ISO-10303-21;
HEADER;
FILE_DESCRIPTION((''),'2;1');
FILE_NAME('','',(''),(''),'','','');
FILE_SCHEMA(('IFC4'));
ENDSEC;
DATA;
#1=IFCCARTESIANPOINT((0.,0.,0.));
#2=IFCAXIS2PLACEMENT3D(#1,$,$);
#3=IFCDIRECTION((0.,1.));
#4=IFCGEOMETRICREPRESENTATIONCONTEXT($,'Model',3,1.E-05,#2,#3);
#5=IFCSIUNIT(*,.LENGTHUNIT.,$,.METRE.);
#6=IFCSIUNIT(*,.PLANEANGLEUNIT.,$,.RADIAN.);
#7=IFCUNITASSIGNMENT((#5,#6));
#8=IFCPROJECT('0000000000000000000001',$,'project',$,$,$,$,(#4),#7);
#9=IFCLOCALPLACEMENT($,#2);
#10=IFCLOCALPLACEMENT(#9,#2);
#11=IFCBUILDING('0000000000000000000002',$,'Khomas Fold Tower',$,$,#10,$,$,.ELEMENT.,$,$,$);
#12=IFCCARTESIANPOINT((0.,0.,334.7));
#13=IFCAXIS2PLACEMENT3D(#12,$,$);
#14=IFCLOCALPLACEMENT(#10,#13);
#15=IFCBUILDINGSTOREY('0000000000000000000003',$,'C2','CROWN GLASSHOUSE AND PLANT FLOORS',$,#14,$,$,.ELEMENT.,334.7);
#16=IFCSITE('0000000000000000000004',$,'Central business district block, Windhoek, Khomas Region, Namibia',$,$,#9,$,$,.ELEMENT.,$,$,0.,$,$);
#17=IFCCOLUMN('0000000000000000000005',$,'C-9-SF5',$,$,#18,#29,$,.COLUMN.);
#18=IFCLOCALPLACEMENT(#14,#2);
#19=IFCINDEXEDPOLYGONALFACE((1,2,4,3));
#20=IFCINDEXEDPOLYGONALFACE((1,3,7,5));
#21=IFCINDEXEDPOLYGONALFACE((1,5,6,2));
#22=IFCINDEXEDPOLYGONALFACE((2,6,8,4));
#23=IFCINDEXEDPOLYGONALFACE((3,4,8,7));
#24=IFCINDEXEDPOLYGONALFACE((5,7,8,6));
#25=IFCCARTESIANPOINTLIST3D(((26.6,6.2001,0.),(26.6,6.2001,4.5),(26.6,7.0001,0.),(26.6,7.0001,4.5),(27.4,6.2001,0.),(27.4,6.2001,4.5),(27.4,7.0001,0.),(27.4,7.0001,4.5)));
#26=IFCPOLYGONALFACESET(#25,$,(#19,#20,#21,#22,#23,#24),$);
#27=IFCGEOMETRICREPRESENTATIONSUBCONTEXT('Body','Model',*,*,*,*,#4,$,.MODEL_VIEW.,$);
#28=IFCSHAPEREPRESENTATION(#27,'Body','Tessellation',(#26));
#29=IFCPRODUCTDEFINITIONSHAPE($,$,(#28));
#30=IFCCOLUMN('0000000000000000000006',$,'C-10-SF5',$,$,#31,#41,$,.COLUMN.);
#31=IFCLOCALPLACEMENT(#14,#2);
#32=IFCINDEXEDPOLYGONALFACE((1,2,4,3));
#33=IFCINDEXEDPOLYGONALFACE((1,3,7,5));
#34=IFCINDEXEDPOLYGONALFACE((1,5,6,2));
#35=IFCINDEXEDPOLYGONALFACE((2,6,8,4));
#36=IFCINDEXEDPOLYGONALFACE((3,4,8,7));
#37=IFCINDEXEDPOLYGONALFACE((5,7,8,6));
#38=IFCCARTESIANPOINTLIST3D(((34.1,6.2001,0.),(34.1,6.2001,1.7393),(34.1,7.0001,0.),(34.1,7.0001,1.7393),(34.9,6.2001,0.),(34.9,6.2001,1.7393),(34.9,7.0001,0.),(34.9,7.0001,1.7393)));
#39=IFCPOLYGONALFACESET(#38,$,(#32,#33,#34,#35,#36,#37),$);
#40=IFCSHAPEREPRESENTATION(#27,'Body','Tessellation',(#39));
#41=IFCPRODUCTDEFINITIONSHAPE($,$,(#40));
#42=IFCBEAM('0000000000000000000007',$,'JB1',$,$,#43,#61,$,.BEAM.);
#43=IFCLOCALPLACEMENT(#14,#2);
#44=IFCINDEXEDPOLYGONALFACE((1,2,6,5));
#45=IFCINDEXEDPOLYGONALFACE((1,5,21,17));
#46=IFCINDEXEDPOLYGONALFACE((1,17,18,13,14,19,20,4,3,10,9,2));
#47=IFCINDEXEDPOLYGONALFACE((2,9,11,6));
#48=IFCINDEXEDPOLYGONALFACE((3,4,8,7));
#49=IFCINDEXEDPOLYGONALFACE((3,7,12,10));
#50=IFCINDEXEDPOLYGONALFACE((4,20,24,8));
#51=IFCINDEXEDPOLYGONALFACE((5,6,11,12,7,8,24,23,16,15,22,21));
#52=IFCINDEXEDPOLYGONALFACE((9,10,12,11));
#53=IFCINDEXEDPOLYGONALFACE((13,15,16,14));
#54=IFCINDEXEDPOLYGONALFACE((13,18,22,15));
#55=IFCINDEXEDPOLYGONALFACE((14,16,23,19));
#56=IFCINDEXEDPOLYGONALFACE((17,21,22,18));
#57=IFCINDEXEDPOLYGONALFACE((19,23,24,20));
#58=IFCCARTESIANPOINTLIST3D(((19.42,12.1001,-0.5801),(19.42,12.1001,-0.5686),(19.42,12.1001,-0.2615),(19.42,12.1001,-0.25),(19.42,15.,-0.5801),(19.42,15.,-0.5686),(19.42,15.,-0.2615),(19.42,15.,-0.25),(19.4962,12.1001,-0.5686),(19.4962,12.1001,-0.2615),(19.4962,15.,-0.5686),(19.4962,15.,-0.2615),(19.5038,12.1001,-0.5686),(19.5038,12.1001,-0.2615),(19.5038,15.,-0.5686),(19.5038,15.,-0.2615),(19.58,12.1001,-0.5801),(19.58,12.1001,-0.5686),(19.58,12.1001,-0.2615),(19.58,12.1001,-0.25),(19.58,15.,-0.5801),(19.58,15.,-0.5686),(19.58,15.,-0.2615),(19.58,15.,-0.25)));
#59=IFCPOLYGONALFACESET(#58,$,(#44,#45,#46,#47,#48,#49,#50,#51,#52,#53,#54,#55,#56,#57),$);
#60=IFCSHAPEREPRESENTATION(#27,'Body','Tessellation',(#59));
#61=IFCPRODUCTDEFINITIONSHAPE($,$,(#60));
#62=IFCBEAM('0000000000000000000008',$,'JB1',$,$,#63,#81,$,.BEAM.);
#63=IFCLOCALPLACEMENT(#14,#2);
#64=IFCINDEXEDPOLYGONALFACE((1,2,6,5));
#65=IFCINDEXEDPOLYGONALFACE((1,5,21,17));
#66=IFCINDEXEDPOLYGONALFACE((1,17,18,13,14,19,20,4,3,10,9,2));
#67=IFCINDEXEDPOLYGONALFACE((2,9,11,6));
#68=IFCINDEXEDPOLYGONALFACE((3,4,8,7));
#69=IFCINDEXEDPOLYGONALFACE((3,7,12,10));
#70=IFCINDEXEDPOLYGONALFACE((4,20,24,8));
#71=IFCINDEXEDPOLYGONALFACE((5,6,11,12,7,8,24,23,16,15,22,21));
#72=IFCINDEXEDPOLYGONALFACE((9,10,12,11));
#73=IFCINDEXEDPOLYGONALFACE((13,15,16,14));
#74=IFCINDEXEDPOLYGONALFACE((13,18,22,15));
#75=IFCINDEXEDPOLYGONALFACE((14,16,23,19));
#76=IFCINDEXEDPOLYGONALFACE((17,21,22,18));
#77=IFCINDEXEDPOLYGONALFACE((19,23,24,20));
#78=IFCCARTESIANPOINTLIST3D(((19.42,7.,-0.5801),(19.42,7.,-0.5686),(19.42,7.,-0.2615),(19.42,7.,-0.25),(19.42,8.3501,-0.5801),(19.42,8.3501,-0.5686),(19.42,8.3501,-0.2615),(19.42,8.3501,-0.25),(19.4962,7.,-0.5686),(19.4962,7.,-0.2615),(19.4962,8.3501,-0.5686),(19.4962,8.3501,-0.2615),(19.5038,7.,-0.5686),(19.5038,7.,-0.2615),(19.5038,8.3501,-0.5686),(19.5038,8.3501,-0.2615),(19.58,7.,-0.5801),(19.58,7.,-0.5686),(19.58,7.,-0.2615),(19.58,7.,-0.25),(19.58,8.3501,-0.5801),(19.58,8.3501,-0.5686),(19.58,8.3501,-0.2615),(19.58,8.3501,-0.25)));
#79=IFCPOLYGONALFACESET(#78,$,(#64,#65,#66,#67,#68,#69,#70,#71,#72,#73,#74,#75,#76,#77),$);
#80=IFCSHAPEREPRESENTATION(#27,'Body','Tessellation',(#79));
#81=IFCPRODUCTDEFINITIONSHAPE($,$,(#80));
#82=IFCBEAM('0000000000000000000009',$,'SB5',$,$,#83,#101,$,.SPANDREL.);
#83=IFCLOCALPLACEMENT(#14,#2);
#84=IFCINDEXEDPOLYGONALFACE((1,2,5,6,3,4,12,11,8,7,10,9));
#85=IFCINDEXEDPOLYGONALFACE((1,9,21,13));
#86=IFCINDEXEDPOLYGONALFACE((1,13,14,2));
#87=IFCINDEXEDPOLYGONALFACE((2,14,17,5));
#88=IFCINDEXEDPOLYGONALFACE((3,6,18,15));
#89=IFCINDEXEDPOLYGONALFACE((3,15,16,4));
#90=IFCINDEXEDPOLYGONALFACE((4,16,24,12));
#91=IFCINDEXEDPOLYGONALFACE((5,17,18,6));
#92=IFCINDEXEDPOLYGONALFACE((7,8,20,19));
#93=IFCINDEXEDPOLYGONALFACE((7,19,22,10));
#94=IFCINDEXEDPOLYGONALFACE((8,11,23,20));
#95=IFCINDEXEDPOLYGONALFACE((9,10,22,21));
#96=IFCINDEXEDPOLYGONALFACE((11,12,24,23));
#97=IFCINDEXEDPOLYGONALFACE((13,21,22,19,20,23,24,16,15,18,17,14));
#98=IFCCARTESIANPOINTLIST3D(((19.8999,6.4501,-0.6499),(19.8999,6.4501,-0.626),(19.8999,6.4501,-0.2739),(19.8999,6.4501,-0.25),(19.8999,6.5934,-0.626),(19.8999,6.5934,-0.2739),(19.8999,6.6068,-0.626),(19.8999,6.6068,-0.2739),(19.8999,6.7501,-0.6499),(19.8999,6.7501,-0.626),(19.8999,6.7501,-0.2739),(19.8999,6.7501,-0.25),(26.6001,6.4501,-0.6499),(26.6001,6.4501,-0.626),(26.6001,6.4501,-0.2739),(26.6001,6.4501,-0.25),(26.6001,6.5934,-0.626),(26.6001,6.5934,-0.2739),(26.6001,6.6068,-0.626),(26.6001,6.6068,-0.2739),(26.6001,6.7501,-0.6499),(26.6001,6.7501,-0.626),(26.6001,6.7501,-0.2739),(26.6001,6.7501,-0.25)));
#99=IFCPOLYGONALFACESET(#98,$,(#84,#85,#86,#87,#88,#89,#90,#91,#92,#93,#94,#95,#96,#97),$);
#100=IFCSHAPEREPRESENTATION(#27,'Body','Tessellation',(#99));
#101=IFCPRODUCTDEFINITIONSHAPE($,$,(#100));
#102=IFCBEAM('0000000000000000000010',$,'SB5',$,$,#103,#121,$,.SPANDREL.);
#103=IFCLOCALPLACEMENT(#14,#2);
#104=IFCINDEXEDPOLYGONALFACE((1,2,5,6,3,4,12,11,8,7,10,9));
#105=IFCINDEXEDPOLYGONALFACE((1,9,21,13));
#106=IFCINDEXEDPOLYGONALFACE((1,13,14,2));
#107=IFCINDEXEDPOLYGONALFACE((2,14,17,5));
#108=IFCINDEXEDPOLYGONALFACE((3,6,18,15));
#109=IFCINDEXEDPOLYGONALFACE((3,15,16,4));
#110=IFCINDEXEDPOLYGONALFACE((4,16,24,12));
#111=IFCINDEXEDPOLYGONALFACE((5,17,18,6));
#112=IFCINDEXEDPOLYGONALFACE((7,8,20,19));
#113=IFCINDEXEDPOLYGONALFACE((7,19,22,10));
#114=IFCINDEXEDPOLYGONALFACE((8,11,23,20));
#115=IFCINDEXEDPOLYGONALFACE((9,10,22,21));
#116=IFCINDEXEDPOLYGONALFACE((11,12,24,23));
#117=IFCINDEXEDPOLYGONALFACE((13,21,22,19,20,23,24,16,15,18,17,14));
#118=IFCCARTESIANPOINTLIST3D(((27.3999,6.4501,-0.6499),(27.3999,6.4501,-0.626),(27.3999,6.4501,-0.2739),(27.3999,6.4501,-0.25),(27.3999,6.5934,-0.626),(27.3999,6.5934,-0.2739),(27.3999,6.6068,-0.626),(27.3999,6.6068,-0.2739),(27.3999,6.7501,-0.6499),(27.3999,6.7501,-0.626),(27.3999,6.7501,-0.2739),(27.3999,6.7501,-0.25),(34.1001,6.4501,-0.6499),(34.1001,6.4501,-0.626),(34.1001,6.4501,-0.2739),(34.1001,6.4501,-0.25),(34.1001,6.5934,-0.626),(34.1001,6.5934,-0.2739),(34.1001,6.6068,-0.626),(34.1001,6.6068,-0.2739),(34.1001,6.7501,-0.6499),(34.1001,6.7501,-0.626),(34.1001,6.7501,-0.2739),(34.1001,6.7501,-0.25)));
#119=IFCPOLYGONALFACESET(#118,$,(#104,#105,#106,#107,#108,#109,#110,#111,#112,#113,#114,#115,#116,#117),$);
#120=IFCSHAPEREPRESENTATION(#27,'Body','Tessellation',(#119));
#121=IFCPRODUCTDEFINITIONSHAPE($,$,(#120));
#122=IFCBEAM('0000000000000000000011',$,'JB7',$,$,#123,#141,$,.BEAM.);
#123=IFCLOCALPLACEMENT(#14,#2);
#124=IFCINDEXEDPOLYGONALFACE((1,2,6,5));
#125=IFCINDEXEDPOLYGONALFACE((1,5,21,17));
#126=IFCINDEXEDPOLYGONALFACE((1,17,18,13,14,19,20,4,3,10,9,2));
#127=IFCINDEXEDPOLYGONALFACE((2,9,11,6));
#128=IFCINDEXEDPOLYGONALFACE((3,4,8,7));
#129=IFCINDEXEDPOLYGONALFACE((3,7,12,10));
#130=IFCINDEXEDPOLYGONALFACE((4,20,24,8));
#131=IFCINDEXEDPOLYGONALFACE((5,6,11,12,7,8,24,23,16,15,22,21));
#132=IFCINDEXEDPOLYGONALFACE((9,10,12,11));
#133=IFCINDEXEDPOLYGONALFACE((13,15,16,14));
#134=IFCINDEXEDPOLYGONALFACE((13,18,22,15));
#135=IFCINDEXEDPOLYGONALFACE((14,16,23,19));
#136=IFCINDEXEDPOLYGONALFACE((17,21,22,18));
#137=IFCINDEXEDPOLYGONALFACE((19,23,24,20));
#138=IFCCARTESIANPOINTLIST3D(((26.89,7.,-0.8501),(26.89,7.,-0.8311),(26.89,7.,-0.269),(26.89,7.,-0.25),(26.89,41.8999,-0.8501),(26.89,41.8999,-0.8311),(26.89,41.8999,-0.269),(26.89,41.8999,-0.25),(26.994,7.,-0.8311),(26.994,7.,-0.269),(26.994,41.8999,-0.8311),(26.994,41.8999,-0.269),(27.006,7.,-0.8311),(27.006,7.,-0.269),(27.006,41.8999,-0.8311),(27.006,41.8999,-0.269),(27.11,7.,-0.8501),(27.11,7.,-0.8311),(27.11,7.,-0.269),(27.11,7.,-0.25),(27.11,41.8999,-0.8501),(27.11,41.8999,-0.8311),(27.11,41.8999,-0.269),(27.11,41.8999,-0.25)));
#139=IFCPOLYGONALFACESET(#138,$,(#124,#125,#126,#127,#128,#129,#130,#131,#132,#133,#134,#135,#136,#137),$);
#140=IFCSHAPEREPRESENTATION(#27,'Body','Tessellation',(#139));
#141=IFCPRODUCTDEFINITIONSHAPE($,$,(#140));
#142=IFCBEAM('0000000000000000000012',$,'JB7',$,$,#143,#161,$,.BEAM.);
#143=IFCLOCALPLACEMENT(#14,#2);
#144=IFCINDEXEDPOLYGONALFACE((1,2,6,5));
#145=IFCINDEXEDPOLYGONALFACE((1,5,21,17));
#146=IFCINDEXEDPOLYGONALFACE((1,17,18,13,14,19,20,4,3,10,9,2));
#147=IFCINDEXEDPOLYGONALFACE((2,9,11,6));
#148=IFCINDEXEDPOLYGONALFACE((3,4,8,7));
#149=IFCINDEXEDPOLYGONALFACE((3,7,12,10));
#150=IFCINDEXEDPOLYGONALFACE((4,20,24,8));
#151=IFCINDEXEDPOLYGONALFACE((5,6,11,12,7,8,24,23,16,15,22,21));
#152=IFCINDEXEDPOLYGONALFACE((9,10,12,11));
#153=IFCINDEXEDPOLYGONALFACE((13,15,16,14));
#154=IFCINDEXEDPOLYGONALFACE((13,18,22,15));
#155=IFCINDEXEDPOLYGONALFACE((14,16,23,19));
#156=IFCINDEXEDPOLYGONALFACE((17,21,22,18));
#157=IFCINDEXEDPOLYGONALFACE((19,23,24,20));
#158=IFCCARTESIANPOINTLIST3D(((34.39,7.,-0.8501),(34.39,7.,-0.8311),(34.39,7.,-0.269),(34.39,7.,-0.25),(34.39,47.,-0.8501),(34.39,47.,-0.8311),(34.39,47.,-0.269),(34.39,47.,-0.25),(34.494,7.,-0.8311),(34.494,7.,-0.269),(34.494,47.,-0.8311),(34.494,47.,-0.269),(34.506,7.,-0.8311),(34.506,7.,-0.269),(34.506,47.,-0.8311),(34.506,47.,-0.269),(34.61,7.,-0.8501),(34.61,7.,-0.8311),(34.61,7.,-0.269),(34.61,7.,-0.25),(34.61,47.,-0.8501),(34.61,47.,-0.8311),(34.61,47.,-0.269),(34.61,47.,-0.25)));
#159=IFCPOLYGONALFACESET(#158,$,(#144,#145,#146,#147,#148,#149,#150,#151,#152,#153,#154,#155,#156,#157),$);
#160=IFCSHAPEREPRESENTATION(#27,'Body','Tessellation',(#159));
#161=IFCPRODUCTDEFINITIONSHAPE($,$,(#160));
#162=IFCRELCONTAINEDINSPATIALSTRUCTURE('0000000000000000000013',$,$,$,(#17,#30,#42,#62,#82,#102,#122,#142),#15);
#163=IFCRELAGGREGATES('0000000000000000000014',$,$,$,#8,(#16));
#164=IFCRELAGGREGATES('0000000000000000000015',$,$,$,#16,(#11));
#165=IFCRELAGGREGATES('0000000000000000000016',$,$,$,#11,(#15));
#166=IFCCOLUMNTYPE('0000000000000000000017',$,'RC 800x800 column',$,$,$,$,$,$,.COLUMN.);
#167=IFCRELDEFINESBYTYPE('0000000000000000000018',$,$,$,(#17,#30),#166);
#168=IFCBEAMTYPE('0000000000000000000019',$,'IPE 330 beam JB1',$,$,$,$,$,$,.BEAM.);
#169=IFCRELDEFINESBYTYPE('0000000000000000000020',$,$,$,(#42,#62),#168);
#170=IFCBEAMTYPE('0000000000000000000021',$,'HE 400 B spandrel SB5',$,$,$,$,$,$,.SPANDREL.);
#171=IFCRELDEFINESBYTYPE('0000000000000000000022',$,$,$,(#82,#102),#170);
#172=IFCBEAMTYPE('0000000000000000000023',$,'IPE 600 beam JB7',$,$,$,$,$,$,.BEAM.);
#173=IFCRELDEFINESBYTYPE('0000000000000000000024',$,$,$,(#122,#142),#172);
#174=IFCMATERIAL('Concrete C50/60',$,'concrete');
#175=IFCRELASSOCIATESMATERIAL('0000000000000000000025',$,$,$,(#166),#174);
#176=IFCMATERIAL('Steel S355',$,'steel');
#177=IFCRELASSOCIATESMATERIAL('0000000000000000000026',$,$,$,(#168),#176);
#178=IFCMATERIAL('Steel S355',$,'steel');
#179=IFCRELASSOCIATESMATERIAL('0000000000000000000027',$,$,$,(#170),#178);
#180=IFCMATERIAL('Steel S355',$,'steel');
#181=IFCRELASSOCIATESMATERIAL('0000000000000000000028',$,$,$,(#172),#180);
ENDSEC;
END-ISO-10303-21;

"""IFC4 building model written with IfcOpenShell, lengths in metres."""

from ifc_helpers import new_model, si_unit, direction, frame, origin, origin_2d, place, context, subcontext, project, spatial, rectangle, i_section, extrude, source, transform, mapped, material, material_profile, profile_set, type_object, element, save


model = new_model("IFC4")

# Units and contexts
model_context = context("Model", 3, precision=1e-05, world=origin(), true_north=direction((0.0, 1.0)))
body_context = subcontext(model_context, "Body", "Model", "MODEL_VIEW")
ifc_project = project(units=[si_unit("LENGTHUNIT", "METRE"), si_unit("PLANEANGLEUNIT", "RADIAN")], contexts=[model_context])

# Site, building, storey
site_placement = place(None, origin())
site = spatial("IfcSite", under=ifc_project, at=site_placement, Name="Central business district block, Windhoek, Khomas Region, Namibia", CompositionType="ELEMENT", RefElevation=0.0)
building_placement = place(site_placement, origin())
building = spatial("IfcBuilding", under=site, at=building_placement, Name="Khomas Fold Tower", CompositionType="ELEMENT")
storey_placement = place(building_placement, frame((0.0, 0.0, 334.7)))
storey = spatial("IfcBuildingStorey", under=building, at=storey_placement, Name="C2", Description="CROWN GLASSHOUSE AND PLANT FLOORS", CompositionType="ELEMENT", Elevation=334.7)

# Columns
ifc_material_1 = material(Name="Concrete C50/60", Category="concrete")
ifc_material_profile_1 = material_profile(ifc_material_1, rectangle(XDim=0.8, YDim=0.8, at=origin_2d()), Name="RC 800x800")
ifc_profile_set_1 = profile_set([ifc_material_profile_1], Name="Concrete C50/60")
column_type = type_object("IfcColumnType", Name="RC 800x800 column", PredefinedType="COLUMN", material=ifc_profile_set_1)
shared_shape_1 = source(origin(), body_context, "Body", "SweptSolid", [
    extrude(rectangle(XDim=0.8, YDim=0.8, at=origin_2d()), origin(), (0.0, 0.0, 1.0), 4.5),
])
column_1_placement = place(storey_placement, frame((27.0, 6.6001, 0.0), z_axis=(0.0, 0.0, 1.0), x_axis=(1.0, 0.0, 0.0)))
element("IfcColumn", 1, at=column_1_placement, inside=storey, type_object=column_type, Name="C-9-SF5", PredefinedType="COLUMN", context=body_context, shape_type="MappedRepresentation", body=[
    mapped(shared_shape_1, transform((0.0, 0.0, 0.0))),
])
shared_shape_2 = source(origin(), body_context, "Body", "SweptSolid", [
    extrude(rectangle(XDim=0.8, YDim=0.8, at=origin_2d()), origin(), (0.0, 0.0, 1.0), 1.7393),
])
column_2_placement = place(storey_placement, frame((34.5, 6.6001, 0.0), z_axis=(0.0, 0.0, 1.0), x_axis=(1.0, 0.0, 0.0)))
element("IfcColumn", 2, at=column_2_placement, inside=storey, type_object=column_type, Name="C-10-SF5", PredefinedType="COLUMN", context=body_context, shape_type="MappedRepresentation", body=[
    mapped(shared_shape_2, transform((0.0, 0.0, 0.0))),
])

# Beams
ifc_material_2 = material(Name="Steel S355", Category="steel")
ifc_material_profile_2 = material_profile(ifc_material_2, i_section(OverallWidth=0.1599, OverallDepth=0.3301, WebThickness=0.0076, FlangeThickness=0.0115, at=origin_2d()), Name="IPE 330")
ifc_profile_set_2 = profile_set([ifc_material_profile_2], Name="Steel S355")
beam_type_1 = type_object("IfcBeamType", Name="IPE 330 beam JB1", PredefinedType="BEAM", material=ifc_profile_set_2)
shared_shape_3 = source(origin(), body_context, "Body", "SweptSolid", [
    extrude(i_section(OverallWidth=0.1599, OverallDepth=0.3301, WebThickness=0.0076, FlangeThickness=0.0115, at=origin_2d()), origin(), (0.0, 0.0, 1.0), 2.8999),
])
beam_1_placement = place(storey_placement, frame((19.5, 12.1001, -0.415), z_axis=(0.0, 1.0, 0.0), x_axis=(-1.0, 0.0, 0.0)))
element("IfcBeam", 3, at=beam_1_placement, inside=storey, type_object=beam_type_1, Name="JB1", PredefinedType="BEAM", context=body_context, shape_type="MappedRepresentation", body=[
    mapped(shared_shape_3, transform((0.0, 0.0, 0.0))),
])
shared_shape_4 = source(origin(), body_context, "Body", "SweptSolid", [
    extrude(i_section(OverallWidth=0.1599, OverallDepth=0.3301, WebThickness=0.0076, FlangeThickness=0.0115, at=origin_2d()), origin(), (0.0, 0.0, 1.0), 1.3501),
])
beam_2_placement = place(storey_placement, frame((19.5, 7.0, -0.415), z_axis=(0.0, 1.0, 0.0), x_axis=(-1.0, 0.0, 0.0)))
element("IfcBeam", 4, at=beam_2_placement, inside=storey, type_object=beam_type_1, Name="JB1", PredefinedType="BEAM", context=body_context, shape_type="MappedRepresentation", body=[
    mapped(shared_shape_4, transform((0.0, 0.0, 0.0))),
])
ifc_material_3 = material(Name="Steel S355", Category="steel")
ifc_material_profile_3 = material_profile(ifc_material_3, i_section(OverallWidth=0.3, OverallDepth=0.3999, WebThickness=0.0134, FlangeThickness=0.0239, at=origin_2d()), Name="HE 400 B")
ifc_profile_set_3 = profile_set([ifc_material_profile_3], Name="Steel S355")
beam_type_2 = type_object("IfcBeamType", Name="HE 400 B spandrel SB5", PredefinedType="SPANDREL", material=ifc_profile_set_3)
shared_shape_5 = source(origin(), body_context, "Body", "SweptSolid", [
    extrude(i_section(OverallWidth=0.3, OverallDepth=0.3999, WebThickness=0.0134, FlangeThickness=0.0239, at=origin_2d()), origin(), (0.0, 0.0, 1.0), 6.7002),
])
for number, where, z_axis, x_axis, name in (
    (5, (19.8999, 6.6001, -0.45), (1.0, 0.0, 0.0), (0.0, 1.0, 0.0), "SB5"),
    (6, (27.3999, 6.6001, -0.45), (1.0, 0.0, 0.0), (0.0, 1.0, 0.0), "SB5"),
):
    element("IfcBeam", number, at=place(storey_placement, frame(where, z_axis=z_axis, x_axis=x_axis)), inside=storey, type_object=beam_type_2, Name=name, PredefinedType="SPANDREL", context=body_context, shape_type="MappedRepresentation", body=[
        mapped(shared_shape_5, transform((0.0, 0.0, 0.0))),
    ])
ifc_material_4 = material(Name="Steel S355", Category="steel")
ifc_material_profile_4 = material_profile(ifc_material_4, i_section(OverallWidth=0.22, OverallDepth=0.6001, WebThickness=0.012, FlangeThickness=0.019, at=origin_2d()), Name="IPE 600")
ifc_profile_set_4 = profile_set([ifc_material_profile_4], Name="Steel S355")
beam_type_3 = type_object("IfcBeamType", Name="IPE 600 beam JB7", PredefinedType="BEAM", material=ifc_profile_set_4)
shared_shape_6 = source(origin(), body_context, "Body", "SweptSolid", [
    extrude(i_section(OverallWidth=0.22, OverallDepth=0.6001, WebThickness=0.012, FlangeThickness=0.019, at=origin_2d()), origin(), (0.0, 0.0, 1.0), 34.8999),
])
beam_3_placement = place(storey_placement, frame((27.0, 7.0, -0.55), z_axis=(0.0, 1.0, 0.0), x_axis=(-1.0, 0.0, 0.0)))
element("IfcBeam", 7, at=beam_3_placement, inside=storey, type_object=beam_type_3, Name="JB7", PredefinedType="BEAM", context=body_context, shape_type="MappedRepresentation", body=[
    mapped(shared_shape_6, transform((0.0, 0.0, 0.0))),
])
shared_shape_7 = source(origin(), body_context, "Body", "SweptSolid", [
    extrude(i_section(OverallWidth=0.22, OverallDepth=0.6001, WebThickness=0.012, FlangeThickness=0.019, at=origin_2d()), origin(), (0.0, 0.0, 1.0), 40.0),
])
beam_4_placement = place(storey_placement, frame((34.5, 7.0, -0.55), z_axis=(0.0, 1.0, 0.0), x_axis=(-1.0, 0.0, 0.0)))
element("IfcBeam", 8, at=beam_4_placement, inside=storey, type_object=beam_type_3, Name="JB7", PredefinedType="BEAM", context=body_context, shape_type="MappedRepresentation", body=[
    mapped(shared_shape_7, transform((0.0, 0.0, 0.0))),
])

save(model, "model.ifc")
